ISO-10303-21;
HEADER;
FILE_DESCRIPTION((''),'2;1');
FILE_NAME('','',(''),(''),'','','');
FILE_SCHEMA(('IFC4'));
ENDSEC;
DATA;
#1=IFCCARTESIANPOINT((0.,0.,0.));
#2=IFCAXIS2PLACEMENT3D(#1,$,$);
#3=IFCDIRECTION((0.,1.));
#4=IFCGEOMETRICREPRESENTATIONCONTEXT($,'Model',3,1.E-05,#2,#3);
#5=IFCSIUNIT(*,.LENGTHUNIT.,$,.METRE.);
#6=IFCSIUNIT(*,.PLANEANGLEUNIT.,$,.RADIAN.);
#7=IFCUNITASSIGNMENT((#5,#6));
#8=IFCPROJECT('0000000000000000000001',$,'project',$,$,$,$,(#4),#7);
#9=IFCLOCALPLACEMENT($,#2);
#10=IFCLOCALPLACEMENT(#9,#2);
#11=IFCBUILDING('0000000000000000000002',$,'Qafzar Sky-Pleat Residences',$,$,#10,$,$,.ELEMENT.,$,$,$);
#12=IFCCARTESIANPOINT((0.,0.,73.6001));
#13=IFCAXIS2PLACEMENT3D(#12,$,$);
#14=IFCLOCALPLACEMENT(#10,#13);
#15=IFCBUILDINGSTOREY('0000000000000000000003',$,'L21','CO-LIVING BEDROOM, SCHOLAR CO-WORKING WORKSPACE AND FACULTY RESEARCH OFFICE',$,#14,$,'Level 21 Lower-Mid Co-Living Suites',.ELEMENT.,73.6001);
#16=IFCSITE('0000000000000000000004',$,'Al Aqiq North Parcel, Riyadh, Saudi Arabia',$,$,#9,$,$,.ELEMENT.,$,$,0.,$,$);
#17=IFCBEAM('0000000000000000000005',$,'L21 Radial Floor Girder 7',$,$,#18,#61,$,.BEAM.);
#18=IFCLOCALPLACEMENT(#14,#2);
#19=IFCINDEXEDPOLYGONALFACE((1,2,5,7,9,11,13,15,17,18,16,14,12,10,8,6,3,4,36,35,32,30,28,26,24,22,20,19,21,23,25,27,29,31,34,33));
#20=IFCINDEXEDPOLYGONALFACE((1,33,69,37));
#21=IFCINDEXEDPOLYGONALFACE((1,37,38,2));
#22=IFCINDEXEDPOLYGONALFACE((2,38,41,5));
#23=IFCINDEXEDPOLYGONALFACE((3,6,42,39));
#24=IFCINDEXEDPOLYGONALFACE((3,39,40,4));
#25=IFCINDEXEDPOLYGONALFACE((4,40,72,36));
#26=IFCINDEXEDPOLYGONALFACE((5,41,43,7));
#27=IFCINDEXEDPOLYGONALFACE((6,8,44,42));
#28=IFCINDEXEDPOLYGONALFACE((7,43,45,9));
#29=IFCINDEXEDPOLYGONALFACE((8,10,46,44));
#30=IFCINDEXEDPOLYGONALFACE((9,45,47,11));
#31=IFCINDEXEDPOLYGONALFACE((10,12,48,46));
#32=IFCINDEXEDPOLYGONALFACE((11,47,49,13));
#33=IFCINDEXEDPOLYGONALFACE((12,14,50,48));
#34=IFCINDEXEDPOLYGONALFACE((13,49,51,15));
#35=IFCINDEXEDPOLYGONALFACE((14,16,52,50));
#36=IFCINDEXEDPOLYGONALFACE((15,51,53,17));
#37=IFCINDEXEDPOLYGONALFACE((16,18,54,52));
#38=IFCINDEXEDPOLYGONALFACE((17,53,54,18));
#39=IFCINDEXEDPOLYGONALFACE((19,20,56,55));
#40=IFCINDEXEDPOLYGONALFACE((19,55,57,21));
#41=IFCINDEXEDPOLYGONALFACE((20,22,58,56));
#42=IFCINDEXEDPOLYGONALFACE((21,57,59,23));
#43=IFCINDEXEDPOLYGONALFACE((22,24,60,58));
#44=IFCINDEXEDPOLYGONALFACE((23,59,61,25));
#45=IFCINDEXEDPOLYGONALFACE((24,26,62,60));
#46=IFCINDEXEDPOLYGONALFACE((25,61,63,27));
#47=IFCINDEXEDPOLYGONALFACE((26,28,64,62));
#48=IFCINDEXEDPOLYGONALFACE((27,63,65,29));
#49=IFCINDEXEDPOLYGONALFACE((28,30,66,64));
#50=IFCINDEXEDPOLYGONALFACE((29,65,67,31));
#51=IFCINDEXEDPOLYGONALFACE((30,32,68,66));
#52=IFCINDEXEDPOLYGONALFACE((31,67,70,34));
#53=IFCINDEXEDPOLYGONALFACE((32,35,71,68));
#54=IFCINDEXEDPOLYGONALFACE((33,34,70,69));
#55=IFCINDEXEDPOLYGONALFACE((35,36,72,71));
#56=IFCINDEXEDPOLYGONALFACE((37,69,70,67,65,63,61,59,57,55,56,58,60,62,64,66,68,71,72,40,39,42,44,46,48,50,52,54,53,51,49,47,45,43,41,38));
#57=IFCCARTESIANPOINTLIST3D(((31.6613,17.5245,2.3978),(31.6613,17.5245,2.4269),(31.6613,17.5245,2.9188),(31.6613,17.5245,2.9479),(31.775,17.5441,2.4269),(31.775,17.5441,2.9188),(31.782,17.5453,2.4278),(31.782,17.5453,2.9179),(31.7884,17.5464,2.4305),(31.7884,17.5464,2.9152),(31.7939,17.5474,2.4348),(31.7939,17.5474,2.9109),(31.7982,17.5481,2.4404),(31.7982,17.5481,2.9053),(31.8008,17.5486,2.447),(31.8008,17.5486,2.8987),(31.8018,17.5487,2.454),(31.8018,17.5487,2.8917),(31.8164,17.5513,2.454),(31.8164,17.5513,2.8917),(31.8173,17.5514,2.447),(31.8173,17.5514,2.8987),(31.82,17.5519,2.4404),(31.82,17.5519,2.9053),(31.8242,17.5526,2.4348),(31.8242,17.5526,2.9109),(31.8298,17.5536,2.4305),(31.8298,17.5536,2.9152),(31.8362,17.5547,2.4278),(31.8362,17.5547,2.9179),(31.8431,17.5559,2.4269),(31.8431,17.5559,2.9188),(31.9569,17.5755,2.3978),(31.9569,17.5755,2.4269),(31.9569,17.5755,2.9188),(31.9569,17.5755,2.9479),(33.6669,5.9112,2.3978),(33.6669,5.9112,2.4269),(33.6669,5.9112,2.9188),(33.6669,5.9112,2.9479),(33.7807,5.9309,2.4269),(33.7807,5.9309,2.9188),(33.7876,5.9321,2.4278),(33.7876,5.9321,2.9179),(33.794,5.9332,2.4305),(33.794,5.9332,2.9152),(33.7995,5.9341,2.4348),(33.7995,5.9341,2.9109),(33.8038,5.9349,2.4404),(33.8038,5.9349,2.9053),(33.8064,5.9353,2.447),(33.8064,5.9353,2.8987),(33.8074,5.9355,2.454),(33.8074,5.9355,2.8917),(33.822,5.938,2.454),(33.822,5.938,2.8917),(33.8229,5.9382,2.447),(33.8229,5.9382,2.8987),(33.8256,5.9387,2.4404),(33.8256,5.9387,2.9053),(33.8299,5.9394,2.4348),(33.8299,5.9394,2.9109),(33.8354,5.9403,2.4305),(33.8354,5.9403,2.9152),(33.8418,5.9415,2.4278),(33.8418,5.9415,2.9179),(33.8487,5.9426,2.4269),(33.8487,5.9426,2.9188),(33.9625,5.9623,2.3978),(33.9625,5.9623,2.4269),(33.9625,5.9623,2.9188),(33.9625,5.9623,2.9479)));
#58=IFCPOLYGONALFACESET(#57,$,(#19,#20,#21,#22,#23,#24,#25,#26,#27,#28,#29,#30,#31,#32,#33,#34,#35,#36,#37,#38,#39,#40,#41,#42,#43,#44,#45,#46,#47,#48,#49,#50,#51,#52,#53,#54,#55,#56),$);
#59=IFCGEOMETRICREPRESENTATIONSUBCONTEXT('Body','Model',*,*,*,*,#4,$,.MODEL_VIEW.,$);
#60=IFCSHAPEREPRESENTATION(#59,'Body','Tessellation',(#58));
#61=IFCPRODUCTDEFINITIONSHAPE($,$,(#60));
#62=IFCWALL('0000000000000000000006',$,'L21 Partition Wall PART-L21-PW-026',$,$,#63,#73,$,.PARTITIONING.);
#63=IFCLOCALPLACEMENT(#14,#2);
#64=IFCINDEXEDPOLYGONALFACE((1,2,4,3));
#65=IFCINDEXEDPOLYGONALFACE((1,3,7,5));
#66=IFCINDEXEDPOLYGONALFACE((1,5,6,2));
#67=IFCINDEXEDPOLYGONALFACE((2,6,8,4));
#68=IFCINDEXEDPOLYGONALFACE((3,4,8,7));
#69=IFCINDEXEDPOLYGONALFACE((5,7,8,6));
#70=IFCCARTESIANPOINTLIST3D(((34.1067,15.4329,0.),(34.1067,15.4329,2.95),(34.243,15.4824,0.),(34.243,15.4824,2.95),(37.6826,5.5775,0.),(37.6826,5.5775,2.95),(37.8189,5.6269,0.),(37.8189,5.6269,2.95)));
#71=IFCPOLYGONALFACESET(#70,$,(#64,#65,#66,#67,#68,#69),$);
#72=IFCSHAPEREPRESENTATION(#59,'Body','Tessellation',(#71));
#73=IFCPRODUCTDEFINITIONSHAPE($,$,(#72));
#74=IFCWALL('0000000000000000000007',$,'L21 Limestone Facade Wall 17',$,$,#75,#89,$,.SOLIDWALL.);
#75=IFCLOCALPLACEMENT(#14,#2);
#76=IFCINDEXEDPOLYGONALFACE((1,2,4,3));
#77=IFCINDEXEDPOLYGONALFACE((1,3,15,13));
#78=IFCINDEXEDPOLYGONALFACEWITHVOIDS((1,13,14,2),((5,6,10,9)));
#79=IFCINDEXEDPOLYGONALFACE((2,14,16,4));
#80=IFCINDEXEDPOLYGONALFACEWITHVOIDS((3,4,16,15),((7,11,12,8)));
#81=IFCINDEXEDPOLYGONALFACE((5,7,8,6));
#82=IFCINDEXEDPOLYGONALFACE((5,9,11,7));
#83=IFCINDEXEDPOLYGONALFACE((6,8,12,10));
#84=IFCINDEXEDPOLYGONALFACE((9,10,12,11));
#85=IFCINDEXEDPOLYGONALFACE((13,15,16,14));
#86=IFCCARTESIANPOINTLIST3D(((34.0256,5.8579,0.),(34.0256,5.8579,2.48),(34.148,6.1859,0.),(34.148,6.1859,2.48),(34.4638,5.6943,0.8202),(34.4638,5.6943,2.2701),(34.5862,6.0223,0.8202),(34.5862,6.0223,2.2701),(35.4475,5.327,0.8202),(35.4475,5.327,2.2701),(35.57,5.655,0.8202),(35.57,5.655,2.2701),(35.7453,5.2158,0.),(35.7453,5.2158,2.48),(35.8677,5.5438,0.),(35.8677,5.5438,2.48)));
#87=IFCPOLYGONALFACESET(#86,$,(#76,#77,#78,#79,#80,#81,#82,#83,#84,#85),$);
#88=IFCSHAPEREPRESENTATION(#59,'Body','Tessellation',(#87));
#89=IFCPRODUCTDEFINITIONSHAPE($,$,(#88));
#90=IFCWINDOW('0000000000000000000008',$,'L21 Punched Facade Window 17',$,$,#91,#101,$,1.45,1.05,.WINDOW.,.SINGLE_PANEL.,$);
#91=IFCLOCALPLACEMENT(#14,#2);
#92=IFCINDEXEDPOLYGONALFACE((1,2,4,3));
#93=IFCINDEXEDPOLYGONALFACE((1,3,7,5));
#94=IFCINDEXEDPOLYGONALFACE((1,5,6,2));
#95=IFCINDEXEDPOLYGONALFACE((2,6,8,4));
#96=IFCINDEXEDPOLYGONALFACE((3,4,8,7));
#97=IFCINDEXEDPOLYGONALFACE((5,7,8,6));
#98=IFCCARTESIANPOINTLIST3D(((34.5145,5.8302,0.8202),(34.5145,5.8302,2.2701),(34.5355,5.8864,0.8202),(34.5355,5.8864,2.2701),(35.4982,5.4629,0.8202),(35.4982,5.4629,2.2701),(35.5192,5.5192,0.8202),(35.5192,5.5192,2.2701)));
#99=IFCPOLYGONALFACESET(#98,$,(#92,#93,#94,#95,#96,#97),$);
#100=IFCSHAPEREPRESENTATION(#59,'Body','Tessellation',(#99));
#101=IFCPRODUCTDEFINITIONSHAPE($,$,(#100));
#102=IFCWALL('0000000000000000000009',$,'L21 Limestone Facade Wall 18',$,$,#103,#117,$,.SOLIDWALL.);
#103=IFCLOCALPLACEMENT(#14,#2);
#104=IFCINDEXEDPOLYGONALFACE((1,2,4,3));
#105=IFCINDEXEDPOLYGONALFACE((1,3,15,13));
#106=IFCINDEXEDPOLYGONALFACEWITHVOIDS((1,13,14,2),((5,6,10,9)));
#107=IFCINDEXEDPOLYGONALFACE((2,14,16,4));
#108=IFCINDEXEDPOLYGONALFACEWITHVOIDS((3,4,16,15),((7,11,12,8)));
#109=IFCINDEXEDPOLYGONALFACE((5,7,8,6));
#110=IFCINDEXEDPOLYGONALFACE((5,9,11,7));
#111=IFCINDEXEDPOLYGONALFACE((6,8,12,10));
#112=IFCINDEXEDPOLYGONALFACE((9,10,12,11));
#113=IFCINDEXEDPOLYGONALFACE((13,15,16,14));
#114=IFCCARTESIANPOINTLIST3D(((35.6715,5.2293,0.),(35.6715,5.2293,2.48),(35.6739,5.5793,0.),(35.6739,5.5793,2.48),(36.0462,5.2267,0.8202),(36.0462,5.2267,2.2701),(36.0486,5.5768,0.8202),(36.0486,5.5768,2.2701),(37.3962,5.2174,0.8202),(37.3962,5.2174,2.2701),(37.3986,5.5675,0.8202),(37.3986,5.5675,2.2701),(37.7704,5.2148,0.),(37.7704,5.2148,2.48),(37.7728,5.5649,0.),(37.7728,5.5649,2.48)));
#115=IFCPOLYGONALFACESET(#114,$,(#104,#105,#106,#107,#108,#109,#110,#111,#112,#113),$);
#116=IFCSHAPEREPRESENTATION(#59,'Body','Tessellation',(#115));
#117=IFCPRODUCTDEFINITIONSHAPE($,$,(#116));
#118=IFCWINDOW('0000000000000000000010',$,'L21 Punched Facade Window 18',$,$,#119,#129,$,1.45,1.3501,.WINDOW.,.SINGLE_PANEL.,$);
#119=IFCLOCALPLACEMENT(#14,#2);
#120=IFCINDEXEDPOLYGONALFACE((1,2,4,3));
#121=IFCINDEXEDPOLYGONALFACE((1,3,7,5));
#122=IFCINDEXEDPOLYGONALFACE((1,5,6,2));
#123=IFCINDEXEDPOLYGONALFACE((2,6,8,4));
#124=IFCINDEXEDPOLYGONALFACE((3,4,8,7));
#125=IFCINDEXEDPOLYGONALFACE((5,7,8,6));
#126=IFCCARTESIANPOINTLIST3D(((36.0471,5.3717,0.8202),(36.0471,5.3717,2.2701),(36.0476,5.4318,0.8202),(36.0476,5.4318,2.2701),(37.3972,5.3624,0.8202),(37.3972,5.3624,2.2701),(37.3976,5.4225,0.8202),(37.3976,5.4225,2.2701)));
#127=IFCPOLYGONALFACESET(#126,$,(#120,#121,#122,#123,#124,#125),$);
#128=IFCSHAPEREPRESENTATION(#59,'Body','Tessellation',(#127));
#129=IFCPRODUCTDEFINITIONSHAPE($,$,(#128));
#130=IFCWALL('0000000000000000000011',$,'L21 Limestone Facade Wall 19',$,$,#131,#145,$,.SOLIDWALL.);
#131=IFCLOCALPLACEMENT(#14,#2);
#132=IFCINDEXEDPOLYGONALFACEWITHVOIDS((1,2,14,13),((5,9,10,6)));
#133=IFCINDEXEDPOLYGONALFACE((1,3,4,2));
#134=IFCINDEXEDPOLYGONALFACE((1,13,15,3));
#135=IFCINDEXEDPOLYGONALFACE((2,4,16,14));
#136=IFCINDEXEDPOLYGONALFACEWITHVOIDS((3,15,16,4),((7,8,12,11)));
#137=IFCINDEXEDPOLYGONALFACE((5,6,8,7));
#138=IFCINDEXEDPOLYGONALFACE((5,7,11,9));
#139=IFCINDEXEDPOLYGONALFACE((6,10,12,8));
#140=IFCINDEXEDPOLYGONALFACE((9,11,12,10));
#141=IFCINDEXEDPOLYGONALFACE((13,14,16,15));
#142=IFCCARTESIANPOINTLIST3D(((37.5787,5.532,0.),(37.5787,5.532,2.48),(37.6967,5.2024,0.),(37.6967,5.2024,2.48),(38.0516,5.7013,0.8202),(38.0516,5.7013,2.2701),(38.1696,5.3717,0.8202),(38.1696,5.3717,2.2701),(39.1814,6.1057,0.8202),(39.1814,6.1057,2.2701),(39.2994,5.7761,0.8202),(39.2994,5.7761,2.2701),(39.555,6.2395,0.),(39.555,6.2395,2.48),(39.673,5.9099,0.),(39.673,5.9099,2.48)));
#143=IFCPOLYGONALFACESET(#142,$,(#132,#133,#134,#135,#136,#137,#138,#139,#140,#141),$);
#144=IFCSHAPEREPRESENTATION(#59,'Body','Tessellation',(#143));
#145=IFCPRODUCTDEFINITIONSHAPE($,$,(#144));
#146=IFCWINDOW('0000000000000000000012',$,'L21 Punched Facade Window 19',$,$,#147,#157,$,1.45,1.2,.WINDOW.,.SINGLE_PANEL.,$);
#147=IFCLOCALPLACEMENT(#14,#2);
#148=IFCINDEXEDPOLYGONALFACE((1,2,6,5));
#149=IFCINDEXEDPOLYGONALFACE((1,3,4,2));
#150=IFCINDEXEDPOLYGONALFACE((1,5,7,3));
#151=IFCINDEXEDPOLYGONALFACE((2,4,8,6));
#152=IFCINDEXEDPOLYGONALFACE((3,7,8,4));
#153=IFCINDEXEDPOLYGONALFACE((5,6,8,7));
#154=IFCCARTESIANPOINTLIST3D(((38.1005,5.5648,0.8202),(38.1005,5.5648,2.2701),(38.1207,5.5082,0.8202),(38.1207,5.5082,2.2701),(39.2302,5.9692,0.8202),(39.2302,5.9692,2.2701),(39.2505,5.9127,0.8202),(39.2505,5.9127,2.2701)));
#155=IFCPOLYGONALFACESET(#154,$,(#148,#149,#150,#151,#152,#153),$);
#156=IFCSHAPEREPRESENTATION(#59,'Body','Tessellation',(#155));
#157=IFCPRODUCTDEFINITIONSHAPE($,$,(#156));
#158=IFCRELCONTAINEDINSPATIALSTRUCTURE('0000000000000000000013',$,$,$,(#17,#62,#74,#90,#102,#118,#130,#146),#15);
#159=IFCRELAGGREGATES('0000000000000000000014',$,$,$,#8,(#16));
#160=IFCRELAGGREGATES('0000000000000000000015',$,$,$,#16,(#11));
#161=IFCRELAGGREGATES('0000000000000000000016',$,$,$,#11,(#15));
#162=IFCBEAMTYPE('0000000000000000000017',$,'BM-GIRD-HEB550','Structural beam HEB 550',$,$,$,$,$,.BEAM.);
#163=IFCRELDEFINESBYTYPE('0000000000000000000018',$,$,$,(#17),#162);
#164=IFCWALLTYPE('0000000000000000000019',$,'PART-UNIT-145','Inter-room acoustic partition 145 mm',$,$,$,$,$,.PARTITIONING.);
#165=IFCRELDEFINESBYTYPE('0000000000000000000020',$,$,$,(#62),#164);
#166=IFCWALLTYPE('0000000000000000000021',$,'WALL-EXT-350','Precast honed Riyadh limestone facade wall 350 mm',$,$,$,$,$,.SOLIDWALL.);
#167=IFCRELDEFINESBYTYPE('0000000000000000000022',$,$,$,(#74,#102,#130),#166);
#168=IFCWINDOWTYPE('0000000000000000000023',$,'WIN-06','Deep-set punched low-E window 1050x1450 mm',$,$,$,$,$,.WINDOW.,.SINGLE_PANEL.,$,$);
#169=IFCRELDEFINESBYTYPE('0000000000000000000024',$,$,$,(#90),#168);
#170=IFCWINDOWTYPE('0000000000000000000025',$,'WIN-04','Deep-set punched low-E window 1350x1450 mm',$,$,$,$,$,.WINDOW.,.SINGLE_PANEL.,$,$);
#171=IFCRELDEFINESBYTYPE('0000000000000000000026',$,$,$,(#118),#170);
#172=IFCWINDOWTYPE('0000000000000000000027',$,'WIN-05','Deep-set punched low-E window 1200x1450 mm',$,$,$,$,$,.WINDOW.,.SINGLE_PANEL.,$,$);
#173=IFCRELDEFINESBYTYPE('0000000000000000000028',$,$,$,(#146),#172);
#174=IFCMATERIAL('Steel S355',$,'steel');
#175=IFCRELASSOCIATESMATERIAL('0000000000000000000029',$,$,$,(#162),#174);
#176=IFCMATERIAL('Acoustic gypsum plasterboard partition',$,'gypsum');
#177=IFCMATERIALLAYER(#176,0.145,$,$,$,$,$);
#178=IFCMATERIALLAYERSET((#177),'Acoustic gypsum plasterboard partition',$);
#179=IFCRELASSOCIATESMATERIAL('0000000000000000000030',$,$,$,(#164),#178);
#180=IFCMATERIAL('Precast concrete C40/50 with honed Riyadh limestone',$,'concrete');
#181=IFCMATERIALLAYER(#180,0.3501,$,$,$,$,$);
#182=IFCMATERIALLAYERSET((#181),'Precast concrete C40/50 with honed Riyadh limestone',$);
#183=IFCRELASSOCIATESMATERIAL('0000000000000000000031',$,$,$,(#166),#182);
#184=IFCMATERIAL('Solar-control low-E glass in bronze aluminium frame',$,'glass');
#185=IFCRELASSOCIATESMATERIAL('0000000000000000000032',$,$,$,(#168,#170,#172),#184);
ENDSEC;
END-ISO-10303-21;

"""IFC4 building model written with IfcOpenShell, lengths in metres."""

from ifc_helpers import new_model, si_unit, direction, frame, frame_2d, origin, origin_2d, place, context, subcontext, project, spatial, rectangle, i_section, extrude, source, transform, mapped, material, layer, layer_set, material_profile, profile_set, type_object, element, fill, save


model = new_model("IFC4")

# Units and contexts
model_context = context("Model", 3, precision=1e-05, world=origin(), true_north=direction((0.0, 1.0)))
body_context = subcontext(model_context, "Body", "Model", "MODEL_VIEW")
ifc_project = project(units=[si_unit("LENGTHUNIT", "METRE"), si_unit("PLANEANGLEUNIT", "RADIAN")], contexts=[model_context])

# Site, building, storey
site_placement = place(None, origin())
site = spatial("IfcSite", under=ifc_project, at=site_placement, Name="Al Aqiq North Parcel, Riyadh, Saudi Arabia", CompositionType="ELEMENT", RefElevation=0.0)
building_placement = place(site_placement, origin())
building = spatial("IfcBuilding", under=site, at=building_placement, Name="Qafzar Sky-Pleat Residences", CompositionType="ELEMENT")
storey_placement = place(building_placement, frame((0.0, 0.0, 73.6001)))
storey = spatial("IfcBuildingStorey", under=building, at=storey_placement, Name="L21", Description="CO-LIVING BEDROOM, SCHOLAR CO-WORKING WORKSPACE AND FACULTY RESEARCH OFFICE", LongName="Level 21 Lower-Mid Co-Living Suites", CompositionType="ELEMENT", Elevation=73.6001)

# Beam
ifc_material_1 = material(Name="Steel S355", Category="steel")
ifc_material_profile_1 = material_profile(ifc_material_1, i_section(OverallWidth=0.3, OverallDepth=0.55, WebThickness=0.0149, FlangeThickness=0.0291, FilletRadius=0.0271, at=origin_2d()), Name="HEB 550")
ifc_profile_set_1 = profile_set([ifc_material_profile_1], Name="Steel S355")
beam_type_1 = type_object("IfcBeamType", Name="BM-GIRD-HEB550", Description="Structural beam HEB 550", PredefinedType="BEAM", material=ifc_profile_set_1)
shared_shape_1 = source(origin(), body_context, "Body", "SweptSolid", [
    extrude(i_section(OverallWidth=0.3, OverallDepth=0.55, WebThickness=0.0149, FlangeThickness=0.0291, FilletRadius=0.0271, at=origin_2d()), origin(), (0.0, 0.0, 1.0), 11.7852),
])
beam_1_placement = place(storey_placement, frame((33.8147, 5.9368, 2.6729), z_axis=(-0.170181, 0.985413, 0.0), x_axis=(-0.985413, -0.170181, 0.0)))
element("IfcBeam", 1, at=beam_1_placement, inside=storey, type_object=beam_type_1, Name="L21 Radial Floor Girder 7", PredefinedType="BEAM", context=body_context, shape_type="MappedRepresentation", body=[
    mapped(shared_shape_1, transform((0.0, 0.0, 0.0), x_axis=(1.0, 0.0, 0.0), y_axis=(0.0, 1.0, 0.0), z_axis=(0.0, 0.0, 1.0), scale=1.0)),
])

# Wall
ifc_material_2 = material(Name="Acoustic gypsum plasterboard partition", Category="gypsum")
ifc_layer_1 = layer(ifc_material_2, 0.145)
ifc_layer_set_1 = layer_set([ifc_layer_1], Name="Acoustic gypsum plasterboard partition")
wall_type_1 = type_object("IfcWallType", Name="PART-UNIT-145", Description="Inter-room acoustic partition 145 mm", PredefinedType="PARTITIONING", material=ifc_layer_set_1)
wall_1_placement = place(storey_placement, frame((34.1748, 15.4578, 0.0), z_axis=(0.0, 0.0, 1.0), x_axis=(0.341079, -0.940035, 0.0)))
element("IfcWall", 2, at=wall_1_placement, inside=storey, type_object=wall_type_1, Name="L21 Partition Wall PART-L21-PW-026", PredefinedType="PARTITIONING", context=body_context, shape_type="SweptSolid", body=[
    extrude(rectangle(XDim=10.4841, YDim=0.145, at=frame_2d((5.2422, 0.0))), origin(), (0.0, 0.0, 1.0), 2.95),
])

# Walls, openings, windows
ifc_material_3 = material(Name="Precast concrete C40/50 with honed Riyadh limestone", Category="concrete")
ifc_layer_2 = layer(ifc_material_3, 0.3501)
ifc_layer_set_2 = layer_set([ifc_layer_2], Name="Precast concrete C40/50 with honed Riyadh limestone")
wall_type_2 = type_object("IfcWallType", Name="WALL-EXT-350", Description="Precast honed Riyadh limestone facade wall 350 mm", PredefinedType="SOLIDWALL", material=ifc_layer_set_2)
wall_2_placement = place(storey_placement, frame((34.0867, 6.022, 0.0), z_axis=(0.0, 0.0, 1.0), x_axis=(0.936831, -0.349782, 0.0)))
wall_2 = element("IfcWall", 3, at=wall_2_placement, inside=storey, type_object=wall_type_2, Name="L21 Limestone Facade Wall 17", PredefinedType="SOLIDWALL", context=body_context, shape_type="SweptSolid", body=[
    extrude(rectangle(XDim=1.8357, YDim=0.3501, at=frame_2d((0.918, 0.0))), origin(), (0.0, 0.0, 1.0), 2.48),
])
opening_1_placement = place(wall_2_placement, frame((0.468, 0.0, 0.8201)))
opening_1 = element("IfcOpeningElement", 4, at=opening_1_placement, cuts=wall_2, PredefinedType="OPENING", context=body_context, shape_type="SweptSolid", body=[
    extrude(rectangle(XDim=1.05, YDim=1.45, at=frame_2d((0.5249, 0.7251))), frame((0.0, 0.1851, 0.0), z_axis=(0.0, -1.0, 0.0), x_axis=(1.0, 0.0, 0.0)), (0.0, 0.0, 1.0), 0.3701),
])
ifc_material_4 = material(Name="Solar-control low-E glass in bronze aluminium frame", Category="glass")
window_type_1 = type_object("IfcWindowType", Name="WIN-06", Description="Deep-set punched low-E window 1050x1450 mm", PartitioningType="SINGLE_PANEL", PredefinedType="WINDOW", material=ifc_material_4)
shared_shape_2 = source(origin(), body_context, "Body", "SweptSolid", [
    extrude(rectangle(XDim=1.05, YDim=1.45, at=frame_2d((0.5249, 0.7251))), frame((0.0, 0.03, 0.0), z_axis=(0.0, -1.0, 0.0), x_axis=(1.0, 0.0, 0.0)), (0.0, 0.0, 1.0), 0.0601),
])
window_1_placement = place(opening_1_placement, origin())
window_1 = element("IfcWindow", 5, at=window_1_placement, inside=storey, type_object=window_type_1, Name="L21 Punched Facade Window 17", OverallHeight=1.45, OverallWidth=1.05, PartitioningType="SINGLE_PANEL", PredefinedType="WINDOW", context=body_context, shape_type="MappedRepresentation", body=[
    mapped(shared_shape_2, transform((0.0, 0.0, 0.0), x_axis=(1.0, 0.0, 0.0), y_axis=(0.0, 1.0, 0.0), z_axis=(0.0, 0.0, 1.0), scale=1.0)),
])
fill(opening_1, window_1)
wall_3_placement = place(storey_placement, frame((35.6729, 5.4043, 0.0), z_axis=(0.0, 0.0, 1.0), x_axis=(0.999976, -0.006863, 0.0)))
wall_3 = element("IfcWall", 6, at=wall_3_placement, inside=storey, type_object=wall_type_2, Name="L21 Limestone Facade Wall 18", PredefinedType="SOLIDWALL", context=body_context, shape_type="SweptSolid", body=[
    extrude(rectangle(XDim=2.0989, YDim=0.3501, at=frame_2d((1.0493, 0.0))), origin(), (0.0, 0.0, 1.0), 2.48),
])
opening_2_placement = place(wall_3_placement, frame((0.3745, 0.0, 0.8201)))
opening_2 = element("IfcOpeningElement", 7, at=opening_2_placement, cuts=wall_3, PredefinedType="OPENING", context=body_context, shape_type="SweptSolid", body=[
    extrude(rectangle(XDim=1.3501, YDim=1.45, at=frame_2d((0.675, 0.7251))), frame((0.0, 0.1851, 0.0), z_axis=(0.0, -1.0, 0.0), x_axis=(1.0, 0.0, 0.0)), (0.0, 0.0, 1.0), 0.3701),
])
window_type_2 = type_object("IfcWindowType", Name="WIN-04", Description="Deep-set punched low-E window 1350x1450 mm", PartitioningType="SINGLE_PANEL", PredefinedType="WINDOW", material=ifc_material_4)
shared_shape_3 = source(origin(), body_context, "Body", "SweptSolid", [
    extrude(rectangle(XDim=1.3501, YDim=1.45, at=frame_2d((0.675, 0.7251))), frame((0.0, 0.03, 0.0), z_axis=(0.0, -1.0, 0.0), x_axis=(1.0, 0.0, 0.0)), (0.0, 0.0, 1.0), 0.0601),
])
window_2_placement = place(opening_2_placement, origin())
window_2 = element("IfcWindow", 8, at=window_2_placement, inside=storey, type_object=window_type_2, Name="L21 Punched Facade Window 18", OverallHeight=1.45, OverallWidth=1.3501, PartitioningType="SINGLE_PANEL", PredefinedType="WINDOW", context=body_context, shape_type="MappedRepresentation", body=[
    mapped(shared_shape_3, transform((0.0, 0.0, 0.0), x_axis=(1.0, 0.0, 0.0), y_axis=(0.0, 1.0, 0.0), z_axis=(0.0, 0.0, 1.0), scale=1.0)),
])
fill(opening_2, window_2)
wall_4_placement = place(storey_placement, frame((37.6377, 5.3672, 0.0), z_axis=(0.0, 0.0, 1.0), x_axis=(0.941486, 0.337051, 0.0)))
wall_4 = element("IfcWall", 9, at=wall_4_placement, inside=storey, type_object=wall_type_2, Name="L21 Limestone Facade Wall 19", PredefinedType="SOLIDWALL", context=body_context, shape_type="SweptSolid", body=[
    extrude(rectangle(XDim=2.0991, YDim=0.3501, at=frame_2d((1.0496, 0.0))), origin(), (0.0, 0.0, 1.0), 2.48),
])
opening_3_placement = place(wall_4_placement, frame((0.5022, 0.0, 0.8201)))
opening_3 = element("IfcOpeningElement", 10, at=opening_3_placement, cuts=wall_4, PredefinedType="OPENING", context=body_context, shape_type="SweptSolid", body=[
    extrude(rectangle(XDim=1.2, YDim=1.45, at=frame_2d((0.6001, 0.7251))), frame((0.0, 0.1851, 0.0), z_axis=(0.0, -1.0, 0.0), x_axis=(1.0, 0.0, 0.0)), (0.0, 0.0, 1.0), 0.3701),
])
window_type_3 = type_object("IfcWindowType", Name="WIN-05", Description="Deep-set punched low-E window 1200x1450 mm", PartitioningType="SINGLE_PANEL", PredefinedType="WINDOW", material=ifc_material_4)
shared_shape_4 = source(origin(), body_context, "Body", "SweptSolid", [
    extrude(rectangle(XDim=1.2, YDim=1.45, at=frame_2d((0.6001, 0.7251))), frame((0.0, 0.03, 0.0), z_axis=(0.0, -1.0, 0.0), x_axis=(1.0, 0.0, 0.0)), (0.0, 0.0, 1.0), 0.0601),
])
window_3_placement = place(opening_3_placement, origin())
window_3 = element("IfcWindow", 11, at=window_3_placement, inside=storey, type_object=window_type_3, Name="L21 Punched Facade Window 19", OverallHeight=1.45, OverallWidth=1.2, PartitioningType="SINGLE_PANEL", PredefinedType="WINDOW", context=body_context, shape_type="MappedRepresentation", body=[
    mapped(shared_shape_4, transform((0.0, 0.0, 0.0), x_axis=(1.0, 0.0, 0.0), y_axis=(0.0, 1.0, 0.0), z_axis=(0.0, 0.0, 1.0), scale=1.0)),
])
fill(opening_3, window_3)

save(model, "model.ifc")
